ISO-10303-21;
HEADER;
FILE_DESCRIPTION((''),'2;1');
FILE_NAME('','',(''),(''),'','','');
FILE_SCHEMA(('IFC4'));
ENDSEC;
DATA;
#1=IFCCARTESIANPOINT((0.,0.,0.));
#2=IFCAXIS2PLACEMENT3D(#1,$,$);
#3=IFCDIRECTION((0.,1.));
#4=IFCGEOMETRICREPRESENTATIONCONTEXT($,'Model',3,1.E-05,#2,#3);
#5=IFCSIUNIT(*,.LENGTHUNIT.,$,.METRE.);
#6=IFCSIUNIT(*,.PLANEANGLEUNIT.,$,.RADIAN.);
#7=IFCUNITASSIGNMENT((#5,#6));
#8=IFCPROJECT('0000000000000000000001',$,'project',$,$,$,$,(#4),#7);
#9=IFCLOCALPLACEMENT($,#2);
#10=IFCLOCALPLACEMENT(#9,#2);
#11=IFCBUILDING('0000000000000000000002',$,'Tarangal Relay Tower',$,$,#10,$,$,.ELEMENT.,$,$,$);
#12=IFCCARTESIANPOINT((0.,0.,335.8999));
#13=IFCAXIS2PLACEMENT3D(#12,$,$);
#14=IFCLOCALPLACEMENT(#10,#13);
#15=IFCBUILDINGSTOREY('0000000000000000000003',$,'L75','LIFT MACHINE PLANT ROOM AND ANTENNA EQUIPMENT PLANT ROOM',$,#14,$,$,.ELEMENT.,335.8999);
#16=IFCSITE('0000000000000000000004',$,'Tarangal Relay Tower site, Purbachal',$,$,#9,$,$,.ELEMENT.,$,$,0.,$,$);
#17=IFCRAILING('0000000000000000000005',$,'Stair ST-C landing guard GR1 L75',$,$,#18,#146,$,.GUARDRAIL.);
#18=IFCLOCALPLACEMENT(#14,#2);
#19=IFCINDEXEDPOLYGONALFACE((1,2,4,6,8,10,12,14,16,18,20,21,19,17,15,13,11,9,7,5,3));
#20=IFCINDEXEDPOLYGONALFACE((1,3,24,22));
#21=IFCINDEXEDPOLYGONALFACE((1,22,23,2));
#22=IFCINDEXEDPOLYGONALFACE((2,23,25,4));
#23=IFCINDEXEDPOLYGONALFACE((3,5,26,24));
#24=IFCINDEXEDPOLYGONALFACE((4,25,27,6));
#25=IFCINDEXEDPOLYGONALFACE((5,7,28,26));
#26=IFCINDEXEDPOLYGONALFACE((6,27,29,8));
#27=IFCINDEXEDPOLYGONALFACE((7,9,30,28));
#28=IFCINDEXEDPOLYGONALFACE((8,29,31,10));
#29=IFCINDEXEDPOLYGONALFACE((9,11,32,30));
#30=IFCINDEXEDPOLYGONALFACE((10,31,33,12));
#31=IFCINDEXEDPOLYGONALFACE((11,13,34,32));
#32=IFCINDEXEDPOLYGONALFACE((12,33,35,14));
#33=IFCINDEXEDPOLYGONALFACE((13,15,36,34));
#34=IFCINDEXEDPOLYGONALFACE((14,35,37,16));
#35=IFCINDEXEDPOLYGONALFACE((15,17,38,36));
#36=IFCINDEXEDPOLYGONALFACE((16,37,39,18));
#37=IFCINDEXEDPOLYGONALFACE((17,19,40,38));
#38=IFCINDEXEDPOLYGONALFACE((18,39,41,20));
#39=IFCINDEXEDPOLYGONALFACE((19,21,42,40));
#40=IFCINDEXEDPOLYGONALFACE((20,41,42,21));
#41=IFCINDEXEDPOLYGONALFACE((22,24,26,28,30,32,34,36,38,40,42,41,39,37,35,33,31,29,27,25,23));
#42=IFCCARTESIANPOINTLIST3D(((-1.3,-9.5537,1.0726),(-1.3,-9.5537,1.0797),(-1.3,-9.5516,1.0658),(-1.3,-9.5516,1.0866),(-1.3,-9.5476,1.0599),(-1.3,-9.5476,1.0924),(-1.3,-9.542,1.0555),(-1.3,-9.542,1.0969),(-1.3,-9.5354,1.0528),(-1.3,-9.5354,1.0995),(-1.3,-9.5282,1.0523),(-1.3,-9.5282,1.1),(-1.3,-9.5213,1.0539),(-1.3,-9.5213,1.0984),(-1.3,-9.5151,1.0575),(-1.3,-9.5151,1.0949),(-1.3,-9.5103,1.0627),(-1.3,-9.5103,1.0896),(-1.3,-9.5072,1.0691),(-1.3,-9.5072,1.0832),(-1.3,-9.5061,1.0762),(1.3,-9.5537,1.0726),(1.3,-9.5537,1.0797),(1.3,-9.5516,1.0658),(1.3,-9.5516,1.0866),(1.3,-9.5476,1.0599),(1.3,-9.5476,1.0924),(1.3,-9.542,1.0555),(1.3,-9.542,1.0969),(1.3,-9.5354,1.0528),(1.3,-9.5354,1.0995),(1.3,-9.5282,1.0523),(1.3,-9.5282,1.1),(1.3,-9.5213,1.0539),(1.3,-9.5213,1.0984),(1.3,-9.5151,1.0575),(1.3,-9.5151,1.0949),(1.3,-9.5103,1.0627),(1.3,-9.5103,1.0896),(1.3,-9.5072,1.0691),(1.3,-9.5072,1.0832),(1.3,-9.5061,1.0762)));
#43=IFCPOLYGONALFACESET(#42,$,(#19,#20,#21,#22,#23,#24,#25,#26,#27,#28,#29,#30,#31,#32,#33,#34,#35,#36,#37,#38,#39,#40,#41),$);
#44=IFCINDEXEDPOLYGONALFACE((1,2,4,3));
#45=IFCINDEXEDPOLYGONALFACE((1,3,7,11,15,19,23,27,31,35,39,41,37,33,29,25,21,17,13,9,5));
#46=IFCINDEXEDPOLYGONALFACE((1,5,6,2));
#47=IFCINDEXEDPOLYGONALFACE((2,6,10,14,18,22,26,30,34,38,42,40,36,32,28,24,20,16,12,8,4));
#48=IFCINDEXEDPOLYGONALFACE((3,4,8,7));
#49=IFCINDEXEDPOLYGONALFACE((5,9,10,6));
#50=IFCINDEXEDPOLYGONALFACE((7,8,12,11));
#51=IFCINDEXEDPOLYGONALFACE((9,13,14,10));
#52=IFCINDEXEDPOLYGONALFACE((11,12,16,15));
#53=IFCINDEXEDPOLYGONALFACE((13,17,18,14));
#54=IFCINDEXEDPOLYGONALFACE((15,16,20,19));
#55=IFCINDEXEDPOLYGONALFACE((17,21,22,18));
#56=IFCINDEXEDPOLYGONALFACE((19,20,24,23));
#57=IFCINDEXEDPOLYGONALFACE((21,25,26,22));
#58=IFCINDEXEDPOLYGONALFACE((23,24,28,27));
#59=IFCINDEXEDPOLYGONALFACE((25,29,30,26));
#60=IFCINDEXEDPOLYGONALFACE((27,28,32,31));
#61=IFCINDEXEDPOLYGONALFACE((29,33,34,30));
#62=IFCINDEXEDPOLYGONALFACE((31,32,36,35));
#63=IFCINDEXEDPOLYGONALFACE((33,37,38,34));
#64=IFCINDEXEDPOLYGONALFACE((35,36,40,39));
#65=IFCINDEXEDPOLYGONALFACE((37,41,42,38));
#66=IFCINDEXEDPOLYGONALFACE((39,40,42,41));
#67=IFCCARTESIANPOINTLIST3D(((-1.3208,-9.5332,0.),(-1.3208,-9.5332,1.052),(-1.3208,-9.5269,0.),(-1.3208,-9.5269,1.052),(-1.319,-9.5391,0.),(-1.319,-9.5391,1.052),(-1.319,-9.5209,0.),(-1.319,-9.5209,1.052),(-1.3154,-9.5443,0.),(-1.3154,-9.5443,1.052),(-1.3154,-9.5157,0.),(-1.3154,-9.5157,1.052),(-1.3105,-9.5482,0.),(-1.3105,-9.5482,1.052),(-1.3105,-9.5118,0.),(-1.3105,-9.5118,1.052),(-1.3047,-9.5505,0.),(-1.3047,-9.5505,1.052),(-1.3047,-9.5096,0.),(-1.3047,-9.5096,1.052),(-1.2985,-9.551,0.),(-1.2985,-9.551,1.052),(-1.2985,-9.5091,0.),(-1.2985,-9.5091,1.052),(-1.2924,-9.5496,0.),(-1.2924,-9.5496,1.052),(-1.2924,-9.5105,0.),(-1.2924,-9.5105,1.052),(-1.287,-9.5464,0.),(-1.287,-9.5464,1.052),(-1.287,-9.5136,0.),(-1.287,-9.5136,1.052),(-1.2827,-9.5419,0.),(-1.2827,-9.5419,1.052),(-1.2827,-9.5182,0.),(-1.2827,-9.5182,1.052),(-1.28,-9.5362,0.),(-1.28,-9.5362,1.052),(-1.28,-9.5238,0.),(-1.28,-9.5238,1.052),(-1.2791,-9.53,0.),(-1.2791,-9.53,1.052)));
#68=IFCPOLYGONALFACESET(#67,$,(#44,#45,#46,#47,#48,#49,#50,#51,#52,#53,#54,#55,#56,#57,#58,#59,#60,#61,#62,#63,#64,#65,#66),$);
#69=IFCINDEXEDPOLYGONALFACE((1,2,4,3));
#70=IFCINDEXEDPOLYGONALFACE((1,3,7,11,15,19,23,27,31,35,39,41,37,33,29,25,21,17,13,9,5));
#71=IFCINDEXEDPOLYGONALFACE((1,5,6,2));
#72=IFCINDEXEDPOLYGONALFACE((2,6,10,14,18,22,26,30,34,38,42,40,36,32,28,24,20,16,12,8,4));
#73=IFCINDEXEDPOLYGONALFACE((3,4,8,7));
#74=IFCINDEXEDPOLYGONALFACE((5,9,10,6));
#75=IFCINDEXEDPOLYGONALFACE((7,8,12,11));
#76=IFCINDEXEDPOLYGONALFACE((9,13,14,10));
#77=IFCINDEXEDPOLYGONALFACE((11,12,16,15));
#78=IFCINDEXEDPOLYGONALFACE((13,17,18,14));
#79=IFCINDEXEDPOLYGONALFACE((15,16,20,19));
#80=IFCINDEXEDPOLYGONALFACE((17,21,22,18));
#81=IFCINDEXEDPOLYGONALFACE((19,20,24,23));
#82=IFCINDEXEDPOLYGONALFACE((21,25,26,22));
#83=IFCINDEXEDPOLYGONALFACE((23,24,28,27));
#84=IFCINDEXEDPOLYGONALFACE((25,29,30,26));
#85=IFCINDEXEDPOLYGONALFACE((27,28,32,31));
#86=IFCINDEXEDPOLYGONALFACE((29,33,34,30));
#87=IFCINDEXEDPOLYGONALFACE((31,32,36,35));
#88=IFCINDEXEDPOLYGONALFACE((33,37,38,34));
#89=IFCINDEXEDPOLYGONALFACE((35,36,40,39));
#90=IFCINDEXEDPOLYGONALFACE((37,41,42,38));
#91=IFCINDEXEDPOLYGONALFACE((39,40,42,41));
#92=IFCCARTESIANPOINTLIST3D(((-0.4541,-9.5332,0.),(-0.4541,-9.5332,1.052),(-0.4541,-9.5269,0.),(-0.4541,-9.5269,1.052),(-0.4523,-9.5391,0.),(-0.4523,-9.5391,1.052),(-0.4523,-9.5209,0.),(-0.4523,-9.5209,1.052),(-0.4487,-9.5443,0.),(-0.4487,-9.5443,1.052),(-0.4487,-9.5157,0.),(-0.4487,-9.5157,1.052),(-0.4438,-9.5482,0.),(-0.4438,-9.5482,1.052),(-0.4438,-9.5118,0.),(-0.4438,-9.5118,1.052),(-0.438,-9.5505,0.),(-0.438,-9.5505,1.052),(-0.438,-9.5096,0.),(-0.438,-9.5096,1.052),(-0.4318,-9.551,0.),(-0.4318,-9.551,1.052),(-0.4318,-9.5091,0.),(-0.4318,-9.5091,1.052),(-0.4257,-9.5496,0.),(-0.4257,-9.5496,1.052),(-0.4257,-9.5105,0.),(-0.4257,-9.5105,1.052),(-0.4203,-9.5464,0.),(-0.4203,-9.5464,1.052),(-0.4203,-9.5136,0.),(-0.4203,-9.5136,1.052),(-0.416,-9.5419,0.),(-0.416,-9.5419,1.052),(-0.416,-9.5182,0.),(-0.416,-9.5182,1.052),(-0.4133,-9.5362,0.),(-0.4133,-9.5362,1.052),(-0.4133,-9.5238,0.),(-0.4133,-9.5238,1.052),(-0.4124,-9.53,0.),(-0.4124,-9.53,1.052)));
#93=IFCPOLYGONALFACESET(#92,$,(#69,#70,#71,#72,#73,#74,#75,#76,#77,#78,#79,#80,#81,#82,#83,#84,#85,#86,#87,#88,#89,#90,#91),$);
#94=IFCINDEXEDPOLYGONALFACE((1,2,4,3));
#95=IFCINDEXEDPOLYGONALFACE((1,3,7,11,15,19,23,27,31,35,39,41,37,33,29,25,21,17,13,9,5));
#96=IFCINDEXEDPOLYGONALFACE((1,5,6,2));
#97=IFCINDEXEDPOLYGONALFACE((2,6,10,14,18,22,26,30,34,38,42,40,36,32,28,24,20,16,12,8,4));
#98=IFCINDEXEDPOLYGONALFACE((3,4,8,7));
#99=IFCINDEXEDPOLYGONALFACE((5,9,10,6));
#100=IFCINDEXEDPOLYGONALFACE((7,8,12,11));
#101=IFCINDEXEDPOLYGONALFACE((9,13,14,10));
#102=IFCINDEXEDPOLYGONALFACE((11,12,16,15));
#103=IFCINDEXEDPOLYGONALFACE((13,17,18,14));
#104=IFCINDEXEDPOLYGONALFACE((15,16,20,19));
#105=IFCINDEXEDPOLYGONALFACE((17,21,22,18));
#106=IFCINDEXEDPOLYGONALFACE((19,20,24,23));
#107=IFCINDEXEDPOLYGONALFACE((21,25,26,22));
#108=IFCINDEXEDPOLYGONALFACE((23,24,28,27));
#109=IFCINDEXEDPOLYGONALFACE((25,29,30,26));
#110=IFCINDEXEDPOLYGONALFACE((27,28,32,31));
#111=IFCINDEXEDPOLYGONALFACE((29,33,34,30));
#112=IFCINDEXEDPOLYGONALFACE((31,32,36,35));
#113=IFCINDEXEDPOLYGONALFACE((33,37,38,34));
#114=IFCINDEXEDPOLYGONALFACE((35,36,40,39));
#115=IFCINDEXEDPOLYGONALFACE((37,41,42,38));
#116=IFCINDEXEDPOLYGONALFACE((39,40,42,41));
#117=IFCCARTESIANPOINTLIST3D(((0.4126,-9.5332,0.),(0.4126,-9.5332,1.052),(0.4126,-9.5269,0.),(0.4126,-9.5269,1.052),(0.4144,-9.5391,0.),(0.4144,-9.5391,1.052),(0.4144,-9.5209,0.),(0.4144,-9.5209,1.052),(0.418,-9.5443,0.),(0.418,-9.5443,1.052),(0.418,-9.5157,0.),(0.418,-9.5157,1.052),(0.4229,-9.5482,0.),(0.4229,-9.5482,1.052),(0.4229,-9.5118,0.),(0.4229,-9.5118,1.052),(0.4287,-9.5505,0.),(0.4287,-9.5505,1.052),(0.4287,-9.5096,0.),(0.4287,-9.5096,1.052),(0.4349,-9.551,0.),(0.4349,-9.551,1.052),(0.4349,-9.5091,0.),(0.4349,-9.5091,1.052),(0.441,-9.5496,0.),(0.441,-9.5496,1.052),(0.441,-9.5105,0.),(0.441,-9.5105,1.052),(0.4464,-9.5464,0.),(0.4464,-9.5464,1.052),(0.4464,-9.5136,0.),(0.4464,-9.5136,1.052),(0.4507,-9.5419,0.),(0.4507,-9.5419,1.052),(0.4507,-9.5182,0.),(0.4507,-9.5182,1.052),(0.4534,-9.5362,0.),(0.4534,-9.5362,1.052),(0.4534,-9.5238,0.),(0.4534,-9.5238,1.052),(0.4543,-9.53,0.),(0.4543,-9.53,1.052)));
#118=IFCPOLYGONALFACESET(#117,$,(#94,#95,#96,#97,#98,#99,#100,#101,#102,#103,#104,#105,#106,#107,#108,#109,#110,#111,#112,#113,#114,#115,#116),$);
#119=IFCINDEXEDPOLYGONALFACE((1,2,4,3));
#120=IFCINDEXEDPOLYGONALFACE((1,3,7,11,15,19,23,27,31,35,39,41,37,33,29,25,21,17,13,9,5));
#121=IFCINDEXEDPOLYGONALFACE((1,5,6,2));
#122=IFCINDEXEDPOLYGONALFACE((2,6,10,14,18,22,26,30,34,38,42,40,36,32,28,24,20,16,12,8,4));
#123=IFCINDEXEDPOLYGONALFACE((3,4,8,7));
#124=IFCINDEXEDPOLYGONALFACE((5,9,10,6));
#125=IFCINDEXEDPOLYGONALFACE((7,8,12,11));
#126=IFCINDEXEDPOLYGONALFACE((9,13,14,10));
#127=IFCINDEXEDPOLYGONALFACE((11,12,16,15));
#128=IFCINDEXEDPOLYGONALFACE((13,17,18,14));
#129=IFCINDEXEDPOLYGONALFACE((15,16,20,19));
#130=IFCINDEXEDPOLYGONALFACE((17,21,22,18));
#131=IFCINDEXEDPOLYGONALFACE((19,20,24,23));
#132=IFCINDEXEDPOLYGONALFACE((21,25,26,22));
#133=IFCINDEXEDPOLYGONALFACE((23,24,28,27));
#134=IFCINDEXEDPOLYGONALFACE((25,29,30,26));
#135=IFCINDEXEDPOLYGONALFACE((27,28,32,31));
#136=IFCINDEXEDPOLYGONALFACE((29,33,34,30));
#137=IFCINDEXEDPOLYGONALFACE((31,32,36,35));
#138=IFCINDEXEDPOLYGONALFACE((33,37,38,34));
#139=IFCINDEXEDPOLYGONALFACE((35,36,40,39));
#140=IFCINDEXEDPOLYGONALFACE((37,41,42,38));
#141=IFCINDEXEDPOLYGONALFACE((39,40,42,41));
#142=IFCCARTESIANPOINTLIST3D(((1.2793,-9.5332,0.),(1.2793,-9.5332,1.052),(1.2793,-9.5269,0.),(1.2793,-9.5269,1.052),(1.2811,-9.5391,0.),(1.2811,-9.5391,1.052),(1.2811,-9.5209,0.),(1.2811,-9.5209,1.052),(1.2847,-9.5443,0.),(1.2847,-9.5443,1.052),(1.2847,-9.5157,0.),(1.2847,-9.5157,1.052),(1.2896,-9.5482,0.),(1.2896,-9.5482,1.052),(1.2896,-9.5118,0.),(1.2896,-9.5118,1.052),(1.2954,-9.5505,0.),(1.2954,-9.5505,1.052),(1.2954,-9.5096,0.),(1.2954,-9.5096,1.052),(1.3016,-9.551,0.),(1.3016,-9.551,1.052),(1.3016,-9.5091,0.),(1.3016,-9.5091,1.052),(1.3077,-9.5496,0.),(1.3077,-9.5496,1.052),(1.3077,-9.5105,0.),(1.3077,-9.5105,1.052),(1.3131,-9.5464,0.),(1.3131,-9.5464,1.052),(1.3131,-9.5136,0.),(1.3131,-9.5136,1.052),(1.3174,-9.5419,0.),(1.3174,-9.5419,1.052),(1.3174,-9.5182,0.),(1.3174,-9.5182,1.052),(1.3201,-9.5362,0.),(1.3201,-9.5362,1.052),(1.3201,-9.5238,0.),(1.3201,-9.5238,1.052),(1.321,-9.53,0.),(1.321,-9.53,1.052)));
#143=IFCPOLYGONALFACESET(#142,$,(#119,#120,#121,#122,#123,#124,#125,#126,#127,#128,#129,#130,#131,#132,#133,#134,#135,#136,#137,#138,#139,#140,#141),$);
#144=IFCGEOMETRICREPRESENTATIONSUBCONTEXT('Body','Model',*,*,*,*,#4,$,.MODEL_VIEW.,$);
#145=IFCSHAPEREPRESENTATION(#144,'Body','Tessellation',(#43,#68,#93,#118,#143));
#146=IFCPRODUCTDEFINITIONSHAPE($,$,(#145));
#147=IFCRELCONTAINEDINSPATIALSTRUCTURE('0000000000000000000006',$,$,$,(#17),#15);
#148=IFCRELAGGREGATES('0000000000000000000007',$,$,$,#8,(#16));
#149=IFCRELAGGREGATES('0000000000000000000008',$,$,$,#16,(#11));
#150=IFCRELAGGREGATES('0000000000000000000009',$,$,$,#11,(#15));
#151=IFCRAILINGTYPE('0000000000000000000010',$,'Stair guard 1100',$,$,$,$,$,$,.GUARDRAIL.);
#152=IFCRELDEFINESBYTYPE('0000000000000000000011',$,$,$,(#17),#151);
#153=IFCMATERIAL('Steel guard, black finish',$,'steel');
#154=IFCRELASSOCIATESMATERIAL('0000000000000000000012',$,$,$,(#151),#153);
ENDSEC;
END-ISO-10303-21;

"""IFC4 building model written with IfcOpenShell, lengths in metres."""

from ifc_helpers import new_model, si_unit, direction, frame, origin, origin_2d, place, context, subcontext, project, spatial, circle, extrude, material, type_object, element, save


model = new_model("IFC4")

# Units and contexts
model_context = context("Model", 3, precision=1e-05, world=origin(), true_north=direction((0.0, 1.0)))
body_context = subcontext(model_context, "Body", "Model", "MODEL_VIEW")
ifc_project = project(units=[si_unit("LENGTHUNIT", "METRE"), si_unit("PLANEANGLEUNIT", "RADIAN")], contexts=[model_context])

# Site, building, storey
site_placement = place(None, origin())
site = spatial("IfcSite", under=ifc_project, at=site_placement, Name="Tarangal Relay Tower site, Purbachal", CompositionType="ELEMENT", RefElevation=0.0)
building_placement = place(site_placement, origin())
building = spatial("IfcBuilding", under=site, at=building_placement, Name="Tarangal Relay Tower", CompositionType="ELEMENT")
storey_placement = place(building_placement, frame((0.0, 0.0, 335.8999)))
storey = spatial("IfcBuildingStorey", under=building, at=storey_placement, Name="L75", Description="LIFT MACHINE PLANT ROOM AND ANTENNA EQUIPMENT PLANT ROOM", CompositionType="ELEMENT", Elevation=335.8999)

# Railing
ifc_material_1 = material(Name="Steel guard, black finish", Category="steel")
railing_type_1 = type_object("IfcRailingType", Name="Stair guard 1100", PredefinedType="GUARDRAIL", material=ifc_material_1)
for number, where, name in (
    (1, (-1.3, -9.53, 0.0), "Stair ST-C landing guard GR1 L75"),
):
    element("IfcRailing", number, at=place(storey_placement, frame(where)), inside=storey, type_object=railing_type_1, Name=name, PredefinedType="GUARDRAIL", context=body_context, shape_type="SweptSolid", body=[
        extrude(circle(Radius=0.0239, at=origin_2d()), frame((0.0, 0.0, 1.0762), z_axis=(1.0, 0.0, 0.0), x_axis=(0.0, 1.0, 0.0)), (0.0, 0.0, 1.0), 2.6001),
        extrude(circle(Radius=0.021, at=origin_2d()), origin(), (0.0, 0.0, 1.0), 1.052),
        extrude(circle(Radius=0.021, at=origin_2d()), frame((0.8667, 0.0, 0.0)), (0.0, 0.0, 1.0), 1.052),
        extrude(circle(Radius=0.021, at=origin_2d()), frame((1.7334, 0.0, 0.0)), (0.0, 0.0, 1.0), 1.052),
        extrude(circle(Radius=0.021, at=origin_2d()), frame((2.6001, 0.0, 0.0)), (0.0, 0.0, 1.0), 1.052),
    ])

save(model, "model.ifc")
